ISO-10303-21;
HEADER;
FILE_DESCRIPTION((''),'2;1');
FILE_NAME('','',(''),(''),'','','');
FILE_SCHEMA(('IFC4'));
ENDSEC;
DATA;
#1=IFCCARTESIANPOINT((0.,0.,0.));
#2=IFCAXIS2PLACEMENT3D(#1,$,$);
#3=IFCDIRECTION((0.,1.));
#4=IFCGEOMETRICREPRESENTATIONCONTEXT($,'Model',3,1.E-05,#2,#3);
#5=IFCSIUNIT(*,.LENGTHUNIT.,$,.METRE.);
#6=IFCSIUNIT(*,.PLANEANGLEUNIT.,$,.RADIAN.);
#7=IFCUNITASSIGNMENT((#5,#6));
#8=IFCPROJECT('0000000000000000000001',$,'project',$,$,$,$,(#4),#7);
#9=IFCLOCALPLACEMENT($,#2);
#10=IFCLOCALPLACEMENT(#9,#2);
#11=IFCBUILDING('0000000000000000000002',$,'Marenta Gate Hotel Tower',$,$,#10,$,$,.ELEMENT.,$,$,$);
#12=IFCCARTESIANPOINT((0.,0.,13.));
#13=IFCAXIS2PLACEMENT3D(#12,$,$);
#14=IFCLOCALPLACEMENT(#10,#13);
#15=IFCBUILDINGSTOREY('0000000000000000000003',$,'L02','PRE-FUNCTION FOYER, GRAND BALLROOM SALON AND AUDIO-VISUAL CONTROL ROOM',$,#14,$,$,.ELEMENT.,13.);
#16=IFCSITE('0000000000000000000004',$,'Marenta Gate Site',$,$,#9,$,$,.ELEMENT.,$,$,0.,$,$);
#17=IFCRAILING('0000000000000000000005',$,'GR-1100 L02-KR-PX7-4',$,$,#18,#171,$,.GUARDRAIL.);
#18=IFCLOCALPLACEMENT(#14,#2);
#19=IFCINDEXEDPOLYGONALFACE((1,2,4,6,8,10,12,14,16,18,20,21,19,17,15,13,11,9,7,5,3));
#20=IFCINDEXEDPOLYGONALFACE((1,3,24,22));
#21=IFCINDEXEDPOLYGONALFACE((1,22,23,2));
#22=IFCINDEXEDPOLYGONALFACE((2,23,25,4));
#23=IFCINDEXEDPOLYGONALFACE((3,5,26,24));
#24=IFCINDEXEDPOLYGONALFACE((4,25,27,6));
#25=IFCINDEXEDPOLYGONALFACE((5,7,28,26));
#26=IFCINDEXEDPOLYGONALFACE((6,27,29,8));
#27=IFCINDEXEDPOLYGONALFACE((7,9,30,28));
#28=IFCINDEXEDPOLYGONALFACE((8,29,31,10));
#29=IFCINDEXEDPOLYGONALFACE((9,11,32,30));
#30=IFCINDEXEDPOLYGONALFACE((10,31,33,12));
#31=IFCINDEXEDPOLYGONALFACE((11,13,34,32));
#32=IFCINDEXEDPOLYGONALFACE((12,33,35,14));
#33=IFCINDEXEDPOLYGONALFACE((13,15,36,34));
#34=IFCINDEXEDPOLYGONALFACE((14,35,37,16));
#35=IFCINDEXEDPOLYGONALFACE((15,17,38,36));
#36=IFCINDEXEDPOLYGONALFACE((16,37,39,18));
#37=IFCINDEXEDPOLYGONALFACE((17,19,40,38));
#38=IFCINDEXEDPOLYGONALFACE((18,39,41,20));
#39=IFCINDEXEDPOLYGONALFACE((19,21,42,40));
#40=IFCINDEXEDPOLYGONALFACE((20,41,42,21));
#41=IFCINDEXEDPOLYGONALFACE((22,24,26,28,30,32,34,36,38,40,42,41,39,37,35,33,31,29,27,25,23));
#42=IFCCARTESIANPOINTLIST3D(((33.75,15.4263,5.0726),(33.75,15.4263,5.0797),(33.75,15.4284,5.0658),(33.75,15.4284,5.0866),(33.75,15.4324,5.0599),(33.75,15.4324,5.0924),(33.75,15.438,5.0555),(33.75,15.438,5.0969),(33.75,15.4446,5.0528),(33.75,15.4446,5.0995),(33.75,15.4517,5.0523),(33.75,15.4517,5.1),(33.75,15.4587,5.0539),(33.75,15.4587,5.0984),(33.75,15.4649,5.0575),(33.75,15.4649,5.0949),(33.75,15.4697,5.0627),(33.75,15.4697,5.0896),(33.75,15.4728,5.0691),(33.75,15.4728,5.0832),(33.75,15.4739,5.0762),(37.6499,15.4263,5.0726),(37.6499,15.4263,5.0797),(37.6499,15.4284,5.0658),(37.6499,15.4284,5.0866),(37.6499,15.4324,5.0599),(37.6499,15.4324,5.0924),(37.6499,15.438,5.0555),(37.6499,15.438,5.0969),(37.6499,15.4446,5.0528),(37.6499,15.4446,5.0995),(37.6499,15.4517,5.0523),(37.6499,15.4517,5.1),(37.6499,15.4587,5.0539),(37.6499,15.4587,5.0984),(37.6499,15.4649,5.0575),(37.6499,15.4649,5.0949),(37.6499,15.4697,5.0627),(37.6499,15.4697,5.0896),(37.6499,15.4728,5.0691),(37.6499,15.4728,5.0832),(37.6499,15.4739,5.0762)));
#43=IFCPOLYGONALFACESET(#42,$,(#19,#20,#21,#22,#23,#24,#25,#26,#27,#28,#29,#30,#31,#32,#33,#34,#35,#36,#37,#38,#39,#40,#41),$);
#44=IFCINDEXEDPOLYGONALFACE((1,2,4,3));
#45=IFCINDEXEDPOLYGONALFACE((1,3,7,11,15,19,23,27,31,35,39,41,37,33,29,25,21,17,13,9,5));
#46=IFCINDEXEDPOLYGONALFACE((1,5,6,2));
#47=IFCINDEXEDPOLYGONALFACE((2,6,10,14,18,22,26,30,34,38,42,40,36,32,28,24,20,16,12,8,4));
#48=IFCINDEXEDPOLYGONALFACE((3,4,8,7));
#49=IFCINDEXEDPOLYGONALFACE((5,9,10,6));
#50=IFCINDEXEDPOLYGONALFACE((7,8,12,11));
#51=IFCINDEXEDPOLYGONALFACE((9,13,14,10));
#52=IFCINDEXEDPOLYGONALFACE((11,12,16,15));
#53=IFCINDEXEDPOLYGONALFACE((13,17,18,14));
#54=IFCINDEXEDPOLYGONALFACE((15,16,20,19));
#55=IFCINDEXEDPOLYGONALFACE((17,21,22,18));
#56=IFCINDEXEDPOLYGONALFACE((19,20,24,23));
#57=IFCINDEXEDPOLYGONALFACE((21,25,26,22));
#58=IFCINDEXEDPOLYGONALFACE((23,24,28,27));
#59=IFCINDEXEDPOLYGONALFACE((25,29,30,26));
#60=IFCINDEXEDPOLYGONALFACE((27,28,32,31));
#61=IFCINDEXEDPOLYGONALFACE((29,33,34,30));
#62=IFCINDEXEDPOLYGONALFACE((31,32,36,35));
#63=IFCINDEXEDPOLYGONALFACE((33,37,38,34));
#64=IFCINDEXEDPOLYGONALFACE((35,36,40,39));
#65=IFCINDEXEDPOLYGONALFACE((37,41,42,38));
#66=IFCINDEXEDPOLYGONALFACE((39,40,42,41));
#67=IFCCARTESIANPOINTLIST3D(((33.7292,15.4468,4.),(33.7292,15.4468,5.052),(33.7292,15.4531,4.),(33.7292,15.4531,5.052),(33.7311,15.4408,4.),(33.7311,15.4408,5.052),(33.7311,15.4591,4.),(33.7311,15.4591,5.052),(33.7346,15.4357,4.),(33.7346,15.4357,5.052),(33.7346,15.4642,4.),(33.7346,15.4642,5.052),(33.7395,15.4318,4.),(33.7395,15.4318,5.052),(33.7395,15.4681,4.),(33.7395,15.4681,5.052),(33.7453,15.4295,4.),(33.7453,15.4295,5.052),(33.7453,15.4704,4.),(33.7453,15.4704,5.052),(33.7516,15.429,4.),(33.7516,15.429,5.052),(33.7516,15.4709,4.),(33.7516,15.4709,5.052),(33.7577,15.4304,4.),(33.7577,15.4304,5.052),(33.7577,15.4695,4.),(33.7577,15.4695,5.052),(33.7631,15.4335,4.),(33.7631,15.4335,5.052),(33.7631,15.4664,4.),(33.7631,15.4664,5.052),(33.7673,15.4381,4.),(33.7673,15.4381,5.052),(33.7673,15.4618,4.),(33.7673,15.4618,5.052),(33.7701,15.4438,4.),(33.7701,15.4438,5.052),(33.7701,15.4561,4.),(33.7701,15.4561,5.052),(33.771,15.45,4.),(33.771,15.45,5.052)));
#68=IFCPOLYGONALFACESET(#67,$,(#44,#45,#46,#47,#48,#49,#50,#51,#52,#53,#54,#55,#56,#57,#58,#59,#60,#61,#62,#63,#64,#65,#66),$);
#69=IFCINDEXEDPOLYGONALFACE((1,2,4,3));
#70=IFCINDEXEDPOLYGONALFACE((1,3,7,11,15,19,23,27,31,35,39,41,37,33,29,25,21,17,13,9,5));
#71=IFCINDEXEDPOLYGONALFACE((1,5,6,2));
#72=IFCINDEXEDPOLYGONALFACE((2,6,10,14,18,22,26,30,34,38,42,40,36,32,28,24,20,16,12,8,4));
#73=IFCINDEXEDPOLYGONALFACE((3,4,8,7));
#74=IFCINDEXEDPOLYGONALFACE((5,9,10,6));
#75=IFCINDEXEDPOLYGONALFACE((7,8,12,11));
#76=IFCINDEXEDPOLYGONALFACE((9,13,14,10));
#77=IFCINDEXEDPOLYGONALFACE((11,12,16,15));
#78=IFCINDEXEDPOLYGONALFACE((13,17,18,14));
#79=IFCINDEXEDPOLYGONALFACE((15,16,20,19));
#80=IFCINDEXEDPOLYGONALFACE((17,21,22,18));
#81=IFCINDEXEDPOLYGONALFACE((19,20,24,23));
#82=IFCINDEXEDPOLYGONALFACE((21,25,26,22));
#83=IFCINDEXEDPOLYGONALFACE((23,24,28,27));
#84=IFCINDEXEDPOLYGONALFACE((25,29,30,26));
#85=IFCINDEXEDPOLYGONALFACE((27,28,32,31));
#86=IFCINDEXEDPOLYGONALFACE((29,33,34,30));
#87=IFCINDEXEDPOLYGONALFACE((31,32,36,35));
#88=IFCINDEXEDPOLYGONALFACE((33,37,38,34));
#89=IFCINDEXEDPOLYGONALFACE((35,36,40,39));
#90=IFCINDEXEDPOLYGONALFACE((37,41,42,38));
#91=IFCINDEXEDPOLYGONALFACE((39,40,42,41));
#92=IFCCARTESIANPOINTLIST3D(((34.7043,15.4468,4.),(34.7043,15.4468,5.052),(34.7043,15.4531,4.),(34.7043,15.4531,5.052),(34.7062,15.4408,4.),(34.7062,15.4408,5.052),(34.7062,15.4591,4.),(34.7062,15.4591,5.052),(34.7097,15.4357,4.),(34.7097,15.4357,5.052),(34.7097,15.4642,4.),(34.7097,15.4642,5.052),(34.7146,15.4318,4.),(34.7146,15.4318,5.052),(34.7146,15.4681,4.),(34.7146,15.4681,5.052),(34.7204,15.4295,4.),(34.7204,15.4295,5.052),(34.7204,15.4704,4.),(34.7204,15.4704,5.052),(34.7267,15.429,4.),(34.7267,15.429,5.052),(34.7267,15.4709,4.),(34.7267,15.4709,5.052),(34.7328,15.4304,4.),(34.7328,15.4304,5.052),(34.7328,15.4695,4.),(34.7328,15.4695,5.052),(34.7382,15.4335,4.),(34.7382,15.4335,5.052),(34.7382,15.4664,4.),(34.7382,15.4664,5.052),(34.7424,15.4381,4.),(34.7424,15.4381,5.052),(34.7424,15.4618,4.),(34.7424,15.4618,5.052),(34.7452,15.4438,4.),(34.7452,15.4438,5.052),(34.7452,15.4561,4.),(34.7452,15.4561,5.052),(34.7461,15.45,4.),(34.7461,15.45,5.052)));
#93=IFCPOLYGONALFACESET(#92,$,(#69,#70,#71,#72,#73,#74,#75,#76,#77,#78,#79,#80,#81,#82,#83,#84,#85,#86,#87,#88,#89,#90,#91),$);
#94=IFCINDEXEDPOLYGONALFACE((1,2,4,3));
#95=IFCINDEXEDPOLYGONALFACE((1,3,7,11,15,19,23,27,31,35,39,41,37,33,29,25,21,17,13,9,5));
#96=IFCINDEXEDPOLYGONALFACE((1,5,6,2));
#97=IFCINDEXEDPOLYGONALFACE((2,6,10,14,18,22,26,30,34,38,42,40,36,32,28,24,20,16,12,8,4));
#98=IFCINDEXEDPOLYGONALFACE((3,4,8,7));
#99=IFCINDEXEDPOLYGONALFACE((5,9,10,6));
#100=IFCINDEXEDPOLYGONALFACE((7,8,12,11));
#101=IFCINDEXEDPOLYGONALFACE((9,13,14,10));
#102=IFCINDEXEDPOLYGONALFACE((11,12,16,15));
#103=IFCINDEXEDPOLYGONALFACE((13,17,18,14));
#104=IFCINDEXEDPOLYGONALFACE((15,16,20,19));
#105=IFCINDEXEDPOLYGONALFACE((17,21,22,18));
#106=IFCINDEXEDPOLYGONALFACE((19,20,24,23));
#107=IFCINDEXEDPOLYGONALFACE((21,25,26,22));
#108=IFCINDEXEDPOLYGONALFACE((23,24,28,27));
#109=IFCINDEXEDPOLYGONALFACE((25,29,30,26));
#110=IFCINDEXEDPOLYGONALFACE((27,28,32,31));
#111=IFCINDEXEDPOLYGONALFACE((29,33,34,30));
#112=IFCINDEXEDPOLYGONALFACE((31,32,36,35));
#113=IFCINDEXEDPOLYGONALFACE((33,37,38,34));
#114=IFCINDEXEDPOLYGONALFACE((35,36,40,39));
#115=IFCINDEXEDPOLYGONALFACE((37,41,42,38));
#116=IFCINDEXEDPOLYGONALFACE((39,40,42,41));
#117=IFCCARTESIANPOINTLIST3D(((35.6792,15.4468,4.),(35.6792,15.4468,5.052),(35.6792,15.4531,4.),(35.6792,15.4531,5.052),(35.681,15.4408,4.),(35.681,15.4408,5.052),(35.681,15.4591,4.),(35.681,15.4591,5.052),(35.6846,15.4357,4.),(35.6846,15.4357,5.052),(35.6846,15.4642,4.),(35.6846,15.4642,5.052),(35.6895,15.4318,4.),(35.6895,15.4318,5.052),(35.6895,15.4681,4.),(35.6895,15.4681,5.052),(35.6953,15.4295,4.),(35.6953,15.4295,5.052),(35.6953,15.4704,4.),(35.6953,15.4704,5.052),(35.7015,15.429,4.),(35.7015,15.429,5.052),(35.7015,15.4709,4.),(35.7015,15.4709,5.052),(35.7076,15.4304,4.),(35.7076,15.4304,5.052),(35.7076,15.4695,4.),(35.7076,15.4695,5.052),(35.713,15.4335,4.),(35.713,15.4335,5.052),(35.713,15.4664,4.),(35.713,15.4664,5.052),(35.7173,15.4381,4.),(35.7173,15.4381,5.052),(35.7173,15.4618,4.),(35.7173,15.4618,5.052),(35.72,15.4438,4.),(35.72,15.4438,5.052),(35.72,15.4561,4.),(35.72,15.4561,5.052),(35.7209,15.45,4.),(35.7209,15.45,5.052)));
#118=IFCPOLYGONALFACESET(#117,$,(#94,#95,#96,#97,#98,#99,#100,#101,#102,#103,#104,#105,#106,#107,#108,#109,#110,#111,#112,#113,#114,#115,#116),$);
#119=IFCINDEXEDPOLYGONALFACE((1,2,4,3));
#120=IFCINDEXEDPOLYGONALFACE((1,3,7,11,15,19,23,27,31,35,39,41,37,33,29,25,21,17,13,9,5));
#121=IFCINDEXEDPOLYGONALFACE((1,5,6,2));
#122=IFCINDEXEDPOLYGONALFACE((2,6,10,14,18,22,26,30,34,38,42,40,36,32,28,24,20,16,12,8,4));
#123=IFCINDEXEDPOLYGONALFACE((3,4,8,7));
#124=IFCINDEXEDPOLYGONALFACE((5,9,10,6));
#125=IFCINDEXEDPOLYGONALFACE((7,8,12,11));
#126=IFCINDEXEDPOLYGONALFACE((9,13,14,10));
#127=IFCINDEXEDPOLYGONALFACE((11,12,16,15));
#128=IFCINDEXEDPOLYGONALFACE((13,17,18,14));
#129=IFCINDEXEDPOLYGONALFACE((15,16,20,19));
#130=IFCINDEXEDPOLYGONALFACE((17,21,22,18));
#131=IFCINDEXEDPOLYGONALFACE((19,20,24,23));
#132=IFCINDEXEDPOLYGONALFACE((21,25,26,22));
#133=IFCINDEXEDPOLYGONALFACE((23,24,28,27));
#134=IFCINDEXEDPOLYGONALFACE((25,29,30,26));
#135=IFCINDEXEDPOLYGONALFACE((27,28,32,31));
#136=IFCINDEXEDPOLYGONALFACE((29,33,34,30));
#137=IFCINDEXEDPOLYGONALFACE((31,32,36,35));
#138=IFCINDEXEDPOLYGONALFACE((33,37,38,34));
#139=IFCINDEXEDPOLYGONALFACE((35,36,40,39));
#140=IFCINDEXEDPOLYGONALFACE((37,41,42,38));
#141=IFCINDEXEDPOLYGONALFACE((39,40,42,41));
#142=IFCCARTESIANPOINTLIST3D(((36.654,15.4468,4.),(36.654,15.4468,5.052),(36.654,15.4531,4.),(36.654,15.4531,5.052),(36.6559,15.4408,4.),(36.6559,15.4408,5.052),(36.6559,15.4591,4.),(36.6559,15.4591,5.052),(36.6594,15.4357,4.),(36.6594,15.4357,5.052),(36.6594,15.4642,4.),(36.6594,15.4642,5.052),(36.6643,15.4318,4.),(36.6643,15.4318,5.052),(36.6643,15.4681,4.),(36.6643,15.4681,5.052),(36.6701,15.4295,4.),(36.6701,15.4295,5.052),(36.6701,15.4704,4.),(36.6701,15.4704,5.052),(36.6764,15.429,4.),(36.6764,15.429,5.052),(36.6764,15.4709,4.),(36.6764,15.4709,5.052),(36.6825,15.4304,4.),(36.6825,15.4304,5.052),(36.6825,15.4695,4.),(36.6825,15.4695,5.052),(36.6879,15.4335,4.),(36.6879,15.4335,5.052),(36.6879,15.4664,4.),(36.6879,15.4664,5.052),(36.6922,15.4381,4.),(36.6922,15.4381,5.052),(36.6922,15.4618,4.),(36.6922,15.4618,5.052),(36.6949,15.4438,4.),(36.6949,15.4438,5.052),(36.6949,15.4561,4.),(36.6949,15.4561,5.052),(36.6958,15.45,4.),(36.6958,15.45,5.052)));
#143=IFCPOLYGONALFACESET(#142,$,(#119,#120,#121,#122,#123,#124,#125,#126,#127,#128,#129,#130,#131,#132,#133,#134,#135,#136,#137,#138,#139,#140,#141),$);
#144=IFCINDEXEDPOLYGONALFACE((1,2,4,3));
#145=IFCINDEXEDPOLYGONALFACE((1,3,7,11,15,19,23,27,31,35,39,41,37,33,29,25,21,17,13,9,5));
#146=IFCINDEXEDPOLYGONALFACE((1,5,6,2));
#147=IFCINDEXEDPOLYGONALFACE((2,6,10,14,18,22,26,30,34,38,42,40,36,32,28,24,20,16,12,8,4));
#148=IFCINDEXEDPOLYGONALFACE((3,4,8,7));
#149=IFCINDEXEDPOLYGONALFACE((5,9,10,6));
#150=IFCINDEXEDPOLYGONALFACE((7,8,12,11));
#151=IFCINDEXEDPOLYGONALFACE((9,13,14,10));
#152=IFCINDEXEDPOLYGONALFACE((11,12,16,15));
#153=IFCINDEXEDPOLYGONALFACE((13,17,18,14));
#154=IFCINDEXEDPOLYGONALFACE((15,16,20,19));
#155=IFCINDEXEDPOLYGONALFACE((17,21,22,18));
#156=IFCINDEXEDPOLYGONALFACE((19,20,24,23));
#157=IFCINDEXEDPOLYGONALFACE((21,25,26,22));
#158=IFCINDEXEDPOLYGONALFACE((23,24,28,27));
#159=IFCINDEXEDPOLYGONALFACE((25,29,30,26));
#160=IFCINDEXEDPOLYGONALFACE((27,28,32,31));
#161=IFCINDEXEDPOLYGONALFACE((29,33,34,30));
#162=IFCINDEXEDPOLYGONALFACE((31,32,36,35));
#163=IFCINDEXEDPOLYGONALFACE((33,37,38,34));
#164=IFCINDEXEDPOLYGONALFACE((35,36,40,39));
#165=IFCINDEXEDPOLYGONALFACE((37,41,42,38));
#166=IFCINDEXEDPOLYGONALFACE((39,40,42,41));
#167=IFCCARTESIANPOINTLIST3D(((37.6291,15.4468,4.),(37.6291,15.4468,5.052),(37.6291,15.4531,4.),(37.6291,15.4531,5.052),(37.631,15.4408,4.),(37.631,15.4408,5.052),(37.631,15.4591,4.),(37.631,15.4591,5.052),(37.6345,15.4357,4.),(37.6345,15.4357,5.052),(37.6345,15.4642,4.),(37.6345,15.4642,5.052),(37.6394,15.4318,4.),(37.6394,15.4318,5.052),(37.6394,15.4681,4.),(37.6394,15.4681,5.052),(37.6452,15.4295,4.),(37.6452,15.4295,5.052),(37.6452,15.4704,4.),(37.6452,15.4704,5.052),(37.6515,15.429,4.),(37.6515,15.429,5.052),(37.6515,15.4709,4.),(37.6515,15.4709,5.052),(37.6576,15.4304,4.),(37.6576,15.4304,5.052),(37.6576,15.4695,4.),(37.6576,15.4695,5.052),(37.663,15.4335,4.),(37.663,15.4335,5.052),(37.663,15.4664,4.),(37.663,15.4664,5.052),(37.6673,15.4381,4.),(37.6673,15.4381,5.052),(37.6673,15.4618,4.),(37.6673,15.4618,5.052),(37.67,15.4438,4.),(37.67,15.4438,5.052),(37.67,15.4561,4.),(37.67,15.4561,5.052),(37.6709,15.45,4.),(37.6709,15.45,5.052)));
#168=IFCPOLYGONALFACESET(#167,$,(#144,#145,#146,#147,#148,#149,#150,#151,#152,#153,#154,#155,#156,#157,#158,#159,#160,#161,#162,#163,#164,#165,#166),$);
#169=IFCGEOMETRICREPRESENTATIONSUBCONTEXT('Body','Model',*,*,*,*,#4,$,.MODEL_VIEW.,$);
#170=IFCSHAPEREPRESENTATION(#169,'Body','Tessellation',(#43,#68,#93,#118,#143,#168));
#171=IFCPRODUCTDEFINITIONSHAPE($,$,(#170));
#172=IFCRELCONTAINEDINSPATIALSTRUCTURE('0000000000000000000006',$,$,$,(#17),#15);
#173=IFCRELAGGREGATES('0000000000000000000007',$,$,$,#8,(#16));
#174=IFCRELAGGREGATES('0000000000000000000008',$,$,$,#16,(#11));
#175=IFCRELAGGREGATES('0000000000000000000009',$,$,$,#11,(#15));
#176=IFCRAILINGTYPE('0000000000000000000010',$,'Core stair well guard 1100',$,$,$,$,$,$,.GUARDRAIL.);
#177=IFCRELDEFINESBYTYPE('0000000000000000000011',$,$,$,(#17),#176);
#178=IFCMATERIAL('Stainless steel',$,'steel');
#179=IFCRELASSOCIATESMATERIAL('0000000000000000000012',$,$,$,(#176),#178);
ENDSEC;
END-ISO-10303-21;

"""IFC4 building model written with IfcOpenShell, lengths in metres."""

from ifc_helpers import new_model, si_unit, direction, frame, origin, origin_2d, place, context, subcontext, project, spatial, circle, extrude, material, type_object, element, save


model = new_model("IFC4")

# Units and contexts
model_context = context("Model", 3, precision=1e-05, world=origin(), true_north=direction((0.0, 1.0)))
body_context = subcontext(model_context, "Body", "Model", "MODEL_VIEW")
ifc_project = project(units=[si_unit("LENGTHUNIT", "METRE"), si_unit("PLANEANGLEUNIT", "RADIAN")], contexts=[model_context])

# Site, building, storey
site_placement = place(None, origin())
site = spatial("IfcSite", under=ifc_project, at=site_placement, Name="Marenta Gate Site", CompositionType="ELEMENT", RefElevation=0.0)
building_placement = place(site_placement, origin())
building = spatial("IfcBuilding", under=site, at=building_placement, Name="Marenta Gate Hotel Tower", CompositionType="ELEMENT")
storey_placement = place(building_placement, frame((0.0, 0.0, 13.0)))
storey = spatial("IfcBuildingStorey", under=building, at=storey_placement, Name="L02", Description="PRE-FUNCTION FOYER, GRAND BALLROOM SALON AND AUDIO-VISUAL CONTROL ROOM", CompositionType="ELEMENT", Elevation=13.0)

# Railing
ifc_material_1 = material(Name="Stainless steel", Category="steel")
railing_type = type_object("IfcRailingType", Name="Core stair well guard 1100", PredefinedType="GUARDRAIL", material=ifc_material_1)
for number, where, name in (
    (1, (33.75, 15.45, 4.0), "GR-1100 L02-KR-PX7-4"),
):
    element("IfcRailing", number, at=place(storey_placement, frame(where)), inside=storey, type_object=railing_type, Name=name, PredefinedType="GUARDRAIL", context=body_context, shape_type="SweptSolid", body=[
        extrude(circle(Radius=0.0239, at=origin_2d()), frame((0.0, 0.0, 1.0762), z_axis=(1.0, 0.0, 0.0), x_axis=(0.0, 1.0, 0.0)), (0.0, 0.0, 1.0), 3.8999),
        extrude(circle(Radius=0.021, at=origin_2d()), origin(), (0.0, 0.0, 1.0), 1.052),
        extrude(circle(Radius=0.021, at=origin_2d()), frame((0.9751, 0.0, 0.0)), (0.0, 0.0, 1.0), 1.052),
        extrude(circle(Radius=0.021, at=origin_2d()), frame((1.95, 0.0, 0.0)), (0.0, 0.0, 1.0), 1.052),
        extrude(circle(Radius=0.021, at=origin_2d()), frame((2.9248, 0.0, 0.0)), (0.0, 0.0, 1.0), 1.052),
        extrude(circle(Radius=0.021, at=origin_2d()), frame((3.8999, 0.0, 0.0)), (0.0, 0.0, 1.0), 1.052),
    ])

save(model, "model.ifc")
